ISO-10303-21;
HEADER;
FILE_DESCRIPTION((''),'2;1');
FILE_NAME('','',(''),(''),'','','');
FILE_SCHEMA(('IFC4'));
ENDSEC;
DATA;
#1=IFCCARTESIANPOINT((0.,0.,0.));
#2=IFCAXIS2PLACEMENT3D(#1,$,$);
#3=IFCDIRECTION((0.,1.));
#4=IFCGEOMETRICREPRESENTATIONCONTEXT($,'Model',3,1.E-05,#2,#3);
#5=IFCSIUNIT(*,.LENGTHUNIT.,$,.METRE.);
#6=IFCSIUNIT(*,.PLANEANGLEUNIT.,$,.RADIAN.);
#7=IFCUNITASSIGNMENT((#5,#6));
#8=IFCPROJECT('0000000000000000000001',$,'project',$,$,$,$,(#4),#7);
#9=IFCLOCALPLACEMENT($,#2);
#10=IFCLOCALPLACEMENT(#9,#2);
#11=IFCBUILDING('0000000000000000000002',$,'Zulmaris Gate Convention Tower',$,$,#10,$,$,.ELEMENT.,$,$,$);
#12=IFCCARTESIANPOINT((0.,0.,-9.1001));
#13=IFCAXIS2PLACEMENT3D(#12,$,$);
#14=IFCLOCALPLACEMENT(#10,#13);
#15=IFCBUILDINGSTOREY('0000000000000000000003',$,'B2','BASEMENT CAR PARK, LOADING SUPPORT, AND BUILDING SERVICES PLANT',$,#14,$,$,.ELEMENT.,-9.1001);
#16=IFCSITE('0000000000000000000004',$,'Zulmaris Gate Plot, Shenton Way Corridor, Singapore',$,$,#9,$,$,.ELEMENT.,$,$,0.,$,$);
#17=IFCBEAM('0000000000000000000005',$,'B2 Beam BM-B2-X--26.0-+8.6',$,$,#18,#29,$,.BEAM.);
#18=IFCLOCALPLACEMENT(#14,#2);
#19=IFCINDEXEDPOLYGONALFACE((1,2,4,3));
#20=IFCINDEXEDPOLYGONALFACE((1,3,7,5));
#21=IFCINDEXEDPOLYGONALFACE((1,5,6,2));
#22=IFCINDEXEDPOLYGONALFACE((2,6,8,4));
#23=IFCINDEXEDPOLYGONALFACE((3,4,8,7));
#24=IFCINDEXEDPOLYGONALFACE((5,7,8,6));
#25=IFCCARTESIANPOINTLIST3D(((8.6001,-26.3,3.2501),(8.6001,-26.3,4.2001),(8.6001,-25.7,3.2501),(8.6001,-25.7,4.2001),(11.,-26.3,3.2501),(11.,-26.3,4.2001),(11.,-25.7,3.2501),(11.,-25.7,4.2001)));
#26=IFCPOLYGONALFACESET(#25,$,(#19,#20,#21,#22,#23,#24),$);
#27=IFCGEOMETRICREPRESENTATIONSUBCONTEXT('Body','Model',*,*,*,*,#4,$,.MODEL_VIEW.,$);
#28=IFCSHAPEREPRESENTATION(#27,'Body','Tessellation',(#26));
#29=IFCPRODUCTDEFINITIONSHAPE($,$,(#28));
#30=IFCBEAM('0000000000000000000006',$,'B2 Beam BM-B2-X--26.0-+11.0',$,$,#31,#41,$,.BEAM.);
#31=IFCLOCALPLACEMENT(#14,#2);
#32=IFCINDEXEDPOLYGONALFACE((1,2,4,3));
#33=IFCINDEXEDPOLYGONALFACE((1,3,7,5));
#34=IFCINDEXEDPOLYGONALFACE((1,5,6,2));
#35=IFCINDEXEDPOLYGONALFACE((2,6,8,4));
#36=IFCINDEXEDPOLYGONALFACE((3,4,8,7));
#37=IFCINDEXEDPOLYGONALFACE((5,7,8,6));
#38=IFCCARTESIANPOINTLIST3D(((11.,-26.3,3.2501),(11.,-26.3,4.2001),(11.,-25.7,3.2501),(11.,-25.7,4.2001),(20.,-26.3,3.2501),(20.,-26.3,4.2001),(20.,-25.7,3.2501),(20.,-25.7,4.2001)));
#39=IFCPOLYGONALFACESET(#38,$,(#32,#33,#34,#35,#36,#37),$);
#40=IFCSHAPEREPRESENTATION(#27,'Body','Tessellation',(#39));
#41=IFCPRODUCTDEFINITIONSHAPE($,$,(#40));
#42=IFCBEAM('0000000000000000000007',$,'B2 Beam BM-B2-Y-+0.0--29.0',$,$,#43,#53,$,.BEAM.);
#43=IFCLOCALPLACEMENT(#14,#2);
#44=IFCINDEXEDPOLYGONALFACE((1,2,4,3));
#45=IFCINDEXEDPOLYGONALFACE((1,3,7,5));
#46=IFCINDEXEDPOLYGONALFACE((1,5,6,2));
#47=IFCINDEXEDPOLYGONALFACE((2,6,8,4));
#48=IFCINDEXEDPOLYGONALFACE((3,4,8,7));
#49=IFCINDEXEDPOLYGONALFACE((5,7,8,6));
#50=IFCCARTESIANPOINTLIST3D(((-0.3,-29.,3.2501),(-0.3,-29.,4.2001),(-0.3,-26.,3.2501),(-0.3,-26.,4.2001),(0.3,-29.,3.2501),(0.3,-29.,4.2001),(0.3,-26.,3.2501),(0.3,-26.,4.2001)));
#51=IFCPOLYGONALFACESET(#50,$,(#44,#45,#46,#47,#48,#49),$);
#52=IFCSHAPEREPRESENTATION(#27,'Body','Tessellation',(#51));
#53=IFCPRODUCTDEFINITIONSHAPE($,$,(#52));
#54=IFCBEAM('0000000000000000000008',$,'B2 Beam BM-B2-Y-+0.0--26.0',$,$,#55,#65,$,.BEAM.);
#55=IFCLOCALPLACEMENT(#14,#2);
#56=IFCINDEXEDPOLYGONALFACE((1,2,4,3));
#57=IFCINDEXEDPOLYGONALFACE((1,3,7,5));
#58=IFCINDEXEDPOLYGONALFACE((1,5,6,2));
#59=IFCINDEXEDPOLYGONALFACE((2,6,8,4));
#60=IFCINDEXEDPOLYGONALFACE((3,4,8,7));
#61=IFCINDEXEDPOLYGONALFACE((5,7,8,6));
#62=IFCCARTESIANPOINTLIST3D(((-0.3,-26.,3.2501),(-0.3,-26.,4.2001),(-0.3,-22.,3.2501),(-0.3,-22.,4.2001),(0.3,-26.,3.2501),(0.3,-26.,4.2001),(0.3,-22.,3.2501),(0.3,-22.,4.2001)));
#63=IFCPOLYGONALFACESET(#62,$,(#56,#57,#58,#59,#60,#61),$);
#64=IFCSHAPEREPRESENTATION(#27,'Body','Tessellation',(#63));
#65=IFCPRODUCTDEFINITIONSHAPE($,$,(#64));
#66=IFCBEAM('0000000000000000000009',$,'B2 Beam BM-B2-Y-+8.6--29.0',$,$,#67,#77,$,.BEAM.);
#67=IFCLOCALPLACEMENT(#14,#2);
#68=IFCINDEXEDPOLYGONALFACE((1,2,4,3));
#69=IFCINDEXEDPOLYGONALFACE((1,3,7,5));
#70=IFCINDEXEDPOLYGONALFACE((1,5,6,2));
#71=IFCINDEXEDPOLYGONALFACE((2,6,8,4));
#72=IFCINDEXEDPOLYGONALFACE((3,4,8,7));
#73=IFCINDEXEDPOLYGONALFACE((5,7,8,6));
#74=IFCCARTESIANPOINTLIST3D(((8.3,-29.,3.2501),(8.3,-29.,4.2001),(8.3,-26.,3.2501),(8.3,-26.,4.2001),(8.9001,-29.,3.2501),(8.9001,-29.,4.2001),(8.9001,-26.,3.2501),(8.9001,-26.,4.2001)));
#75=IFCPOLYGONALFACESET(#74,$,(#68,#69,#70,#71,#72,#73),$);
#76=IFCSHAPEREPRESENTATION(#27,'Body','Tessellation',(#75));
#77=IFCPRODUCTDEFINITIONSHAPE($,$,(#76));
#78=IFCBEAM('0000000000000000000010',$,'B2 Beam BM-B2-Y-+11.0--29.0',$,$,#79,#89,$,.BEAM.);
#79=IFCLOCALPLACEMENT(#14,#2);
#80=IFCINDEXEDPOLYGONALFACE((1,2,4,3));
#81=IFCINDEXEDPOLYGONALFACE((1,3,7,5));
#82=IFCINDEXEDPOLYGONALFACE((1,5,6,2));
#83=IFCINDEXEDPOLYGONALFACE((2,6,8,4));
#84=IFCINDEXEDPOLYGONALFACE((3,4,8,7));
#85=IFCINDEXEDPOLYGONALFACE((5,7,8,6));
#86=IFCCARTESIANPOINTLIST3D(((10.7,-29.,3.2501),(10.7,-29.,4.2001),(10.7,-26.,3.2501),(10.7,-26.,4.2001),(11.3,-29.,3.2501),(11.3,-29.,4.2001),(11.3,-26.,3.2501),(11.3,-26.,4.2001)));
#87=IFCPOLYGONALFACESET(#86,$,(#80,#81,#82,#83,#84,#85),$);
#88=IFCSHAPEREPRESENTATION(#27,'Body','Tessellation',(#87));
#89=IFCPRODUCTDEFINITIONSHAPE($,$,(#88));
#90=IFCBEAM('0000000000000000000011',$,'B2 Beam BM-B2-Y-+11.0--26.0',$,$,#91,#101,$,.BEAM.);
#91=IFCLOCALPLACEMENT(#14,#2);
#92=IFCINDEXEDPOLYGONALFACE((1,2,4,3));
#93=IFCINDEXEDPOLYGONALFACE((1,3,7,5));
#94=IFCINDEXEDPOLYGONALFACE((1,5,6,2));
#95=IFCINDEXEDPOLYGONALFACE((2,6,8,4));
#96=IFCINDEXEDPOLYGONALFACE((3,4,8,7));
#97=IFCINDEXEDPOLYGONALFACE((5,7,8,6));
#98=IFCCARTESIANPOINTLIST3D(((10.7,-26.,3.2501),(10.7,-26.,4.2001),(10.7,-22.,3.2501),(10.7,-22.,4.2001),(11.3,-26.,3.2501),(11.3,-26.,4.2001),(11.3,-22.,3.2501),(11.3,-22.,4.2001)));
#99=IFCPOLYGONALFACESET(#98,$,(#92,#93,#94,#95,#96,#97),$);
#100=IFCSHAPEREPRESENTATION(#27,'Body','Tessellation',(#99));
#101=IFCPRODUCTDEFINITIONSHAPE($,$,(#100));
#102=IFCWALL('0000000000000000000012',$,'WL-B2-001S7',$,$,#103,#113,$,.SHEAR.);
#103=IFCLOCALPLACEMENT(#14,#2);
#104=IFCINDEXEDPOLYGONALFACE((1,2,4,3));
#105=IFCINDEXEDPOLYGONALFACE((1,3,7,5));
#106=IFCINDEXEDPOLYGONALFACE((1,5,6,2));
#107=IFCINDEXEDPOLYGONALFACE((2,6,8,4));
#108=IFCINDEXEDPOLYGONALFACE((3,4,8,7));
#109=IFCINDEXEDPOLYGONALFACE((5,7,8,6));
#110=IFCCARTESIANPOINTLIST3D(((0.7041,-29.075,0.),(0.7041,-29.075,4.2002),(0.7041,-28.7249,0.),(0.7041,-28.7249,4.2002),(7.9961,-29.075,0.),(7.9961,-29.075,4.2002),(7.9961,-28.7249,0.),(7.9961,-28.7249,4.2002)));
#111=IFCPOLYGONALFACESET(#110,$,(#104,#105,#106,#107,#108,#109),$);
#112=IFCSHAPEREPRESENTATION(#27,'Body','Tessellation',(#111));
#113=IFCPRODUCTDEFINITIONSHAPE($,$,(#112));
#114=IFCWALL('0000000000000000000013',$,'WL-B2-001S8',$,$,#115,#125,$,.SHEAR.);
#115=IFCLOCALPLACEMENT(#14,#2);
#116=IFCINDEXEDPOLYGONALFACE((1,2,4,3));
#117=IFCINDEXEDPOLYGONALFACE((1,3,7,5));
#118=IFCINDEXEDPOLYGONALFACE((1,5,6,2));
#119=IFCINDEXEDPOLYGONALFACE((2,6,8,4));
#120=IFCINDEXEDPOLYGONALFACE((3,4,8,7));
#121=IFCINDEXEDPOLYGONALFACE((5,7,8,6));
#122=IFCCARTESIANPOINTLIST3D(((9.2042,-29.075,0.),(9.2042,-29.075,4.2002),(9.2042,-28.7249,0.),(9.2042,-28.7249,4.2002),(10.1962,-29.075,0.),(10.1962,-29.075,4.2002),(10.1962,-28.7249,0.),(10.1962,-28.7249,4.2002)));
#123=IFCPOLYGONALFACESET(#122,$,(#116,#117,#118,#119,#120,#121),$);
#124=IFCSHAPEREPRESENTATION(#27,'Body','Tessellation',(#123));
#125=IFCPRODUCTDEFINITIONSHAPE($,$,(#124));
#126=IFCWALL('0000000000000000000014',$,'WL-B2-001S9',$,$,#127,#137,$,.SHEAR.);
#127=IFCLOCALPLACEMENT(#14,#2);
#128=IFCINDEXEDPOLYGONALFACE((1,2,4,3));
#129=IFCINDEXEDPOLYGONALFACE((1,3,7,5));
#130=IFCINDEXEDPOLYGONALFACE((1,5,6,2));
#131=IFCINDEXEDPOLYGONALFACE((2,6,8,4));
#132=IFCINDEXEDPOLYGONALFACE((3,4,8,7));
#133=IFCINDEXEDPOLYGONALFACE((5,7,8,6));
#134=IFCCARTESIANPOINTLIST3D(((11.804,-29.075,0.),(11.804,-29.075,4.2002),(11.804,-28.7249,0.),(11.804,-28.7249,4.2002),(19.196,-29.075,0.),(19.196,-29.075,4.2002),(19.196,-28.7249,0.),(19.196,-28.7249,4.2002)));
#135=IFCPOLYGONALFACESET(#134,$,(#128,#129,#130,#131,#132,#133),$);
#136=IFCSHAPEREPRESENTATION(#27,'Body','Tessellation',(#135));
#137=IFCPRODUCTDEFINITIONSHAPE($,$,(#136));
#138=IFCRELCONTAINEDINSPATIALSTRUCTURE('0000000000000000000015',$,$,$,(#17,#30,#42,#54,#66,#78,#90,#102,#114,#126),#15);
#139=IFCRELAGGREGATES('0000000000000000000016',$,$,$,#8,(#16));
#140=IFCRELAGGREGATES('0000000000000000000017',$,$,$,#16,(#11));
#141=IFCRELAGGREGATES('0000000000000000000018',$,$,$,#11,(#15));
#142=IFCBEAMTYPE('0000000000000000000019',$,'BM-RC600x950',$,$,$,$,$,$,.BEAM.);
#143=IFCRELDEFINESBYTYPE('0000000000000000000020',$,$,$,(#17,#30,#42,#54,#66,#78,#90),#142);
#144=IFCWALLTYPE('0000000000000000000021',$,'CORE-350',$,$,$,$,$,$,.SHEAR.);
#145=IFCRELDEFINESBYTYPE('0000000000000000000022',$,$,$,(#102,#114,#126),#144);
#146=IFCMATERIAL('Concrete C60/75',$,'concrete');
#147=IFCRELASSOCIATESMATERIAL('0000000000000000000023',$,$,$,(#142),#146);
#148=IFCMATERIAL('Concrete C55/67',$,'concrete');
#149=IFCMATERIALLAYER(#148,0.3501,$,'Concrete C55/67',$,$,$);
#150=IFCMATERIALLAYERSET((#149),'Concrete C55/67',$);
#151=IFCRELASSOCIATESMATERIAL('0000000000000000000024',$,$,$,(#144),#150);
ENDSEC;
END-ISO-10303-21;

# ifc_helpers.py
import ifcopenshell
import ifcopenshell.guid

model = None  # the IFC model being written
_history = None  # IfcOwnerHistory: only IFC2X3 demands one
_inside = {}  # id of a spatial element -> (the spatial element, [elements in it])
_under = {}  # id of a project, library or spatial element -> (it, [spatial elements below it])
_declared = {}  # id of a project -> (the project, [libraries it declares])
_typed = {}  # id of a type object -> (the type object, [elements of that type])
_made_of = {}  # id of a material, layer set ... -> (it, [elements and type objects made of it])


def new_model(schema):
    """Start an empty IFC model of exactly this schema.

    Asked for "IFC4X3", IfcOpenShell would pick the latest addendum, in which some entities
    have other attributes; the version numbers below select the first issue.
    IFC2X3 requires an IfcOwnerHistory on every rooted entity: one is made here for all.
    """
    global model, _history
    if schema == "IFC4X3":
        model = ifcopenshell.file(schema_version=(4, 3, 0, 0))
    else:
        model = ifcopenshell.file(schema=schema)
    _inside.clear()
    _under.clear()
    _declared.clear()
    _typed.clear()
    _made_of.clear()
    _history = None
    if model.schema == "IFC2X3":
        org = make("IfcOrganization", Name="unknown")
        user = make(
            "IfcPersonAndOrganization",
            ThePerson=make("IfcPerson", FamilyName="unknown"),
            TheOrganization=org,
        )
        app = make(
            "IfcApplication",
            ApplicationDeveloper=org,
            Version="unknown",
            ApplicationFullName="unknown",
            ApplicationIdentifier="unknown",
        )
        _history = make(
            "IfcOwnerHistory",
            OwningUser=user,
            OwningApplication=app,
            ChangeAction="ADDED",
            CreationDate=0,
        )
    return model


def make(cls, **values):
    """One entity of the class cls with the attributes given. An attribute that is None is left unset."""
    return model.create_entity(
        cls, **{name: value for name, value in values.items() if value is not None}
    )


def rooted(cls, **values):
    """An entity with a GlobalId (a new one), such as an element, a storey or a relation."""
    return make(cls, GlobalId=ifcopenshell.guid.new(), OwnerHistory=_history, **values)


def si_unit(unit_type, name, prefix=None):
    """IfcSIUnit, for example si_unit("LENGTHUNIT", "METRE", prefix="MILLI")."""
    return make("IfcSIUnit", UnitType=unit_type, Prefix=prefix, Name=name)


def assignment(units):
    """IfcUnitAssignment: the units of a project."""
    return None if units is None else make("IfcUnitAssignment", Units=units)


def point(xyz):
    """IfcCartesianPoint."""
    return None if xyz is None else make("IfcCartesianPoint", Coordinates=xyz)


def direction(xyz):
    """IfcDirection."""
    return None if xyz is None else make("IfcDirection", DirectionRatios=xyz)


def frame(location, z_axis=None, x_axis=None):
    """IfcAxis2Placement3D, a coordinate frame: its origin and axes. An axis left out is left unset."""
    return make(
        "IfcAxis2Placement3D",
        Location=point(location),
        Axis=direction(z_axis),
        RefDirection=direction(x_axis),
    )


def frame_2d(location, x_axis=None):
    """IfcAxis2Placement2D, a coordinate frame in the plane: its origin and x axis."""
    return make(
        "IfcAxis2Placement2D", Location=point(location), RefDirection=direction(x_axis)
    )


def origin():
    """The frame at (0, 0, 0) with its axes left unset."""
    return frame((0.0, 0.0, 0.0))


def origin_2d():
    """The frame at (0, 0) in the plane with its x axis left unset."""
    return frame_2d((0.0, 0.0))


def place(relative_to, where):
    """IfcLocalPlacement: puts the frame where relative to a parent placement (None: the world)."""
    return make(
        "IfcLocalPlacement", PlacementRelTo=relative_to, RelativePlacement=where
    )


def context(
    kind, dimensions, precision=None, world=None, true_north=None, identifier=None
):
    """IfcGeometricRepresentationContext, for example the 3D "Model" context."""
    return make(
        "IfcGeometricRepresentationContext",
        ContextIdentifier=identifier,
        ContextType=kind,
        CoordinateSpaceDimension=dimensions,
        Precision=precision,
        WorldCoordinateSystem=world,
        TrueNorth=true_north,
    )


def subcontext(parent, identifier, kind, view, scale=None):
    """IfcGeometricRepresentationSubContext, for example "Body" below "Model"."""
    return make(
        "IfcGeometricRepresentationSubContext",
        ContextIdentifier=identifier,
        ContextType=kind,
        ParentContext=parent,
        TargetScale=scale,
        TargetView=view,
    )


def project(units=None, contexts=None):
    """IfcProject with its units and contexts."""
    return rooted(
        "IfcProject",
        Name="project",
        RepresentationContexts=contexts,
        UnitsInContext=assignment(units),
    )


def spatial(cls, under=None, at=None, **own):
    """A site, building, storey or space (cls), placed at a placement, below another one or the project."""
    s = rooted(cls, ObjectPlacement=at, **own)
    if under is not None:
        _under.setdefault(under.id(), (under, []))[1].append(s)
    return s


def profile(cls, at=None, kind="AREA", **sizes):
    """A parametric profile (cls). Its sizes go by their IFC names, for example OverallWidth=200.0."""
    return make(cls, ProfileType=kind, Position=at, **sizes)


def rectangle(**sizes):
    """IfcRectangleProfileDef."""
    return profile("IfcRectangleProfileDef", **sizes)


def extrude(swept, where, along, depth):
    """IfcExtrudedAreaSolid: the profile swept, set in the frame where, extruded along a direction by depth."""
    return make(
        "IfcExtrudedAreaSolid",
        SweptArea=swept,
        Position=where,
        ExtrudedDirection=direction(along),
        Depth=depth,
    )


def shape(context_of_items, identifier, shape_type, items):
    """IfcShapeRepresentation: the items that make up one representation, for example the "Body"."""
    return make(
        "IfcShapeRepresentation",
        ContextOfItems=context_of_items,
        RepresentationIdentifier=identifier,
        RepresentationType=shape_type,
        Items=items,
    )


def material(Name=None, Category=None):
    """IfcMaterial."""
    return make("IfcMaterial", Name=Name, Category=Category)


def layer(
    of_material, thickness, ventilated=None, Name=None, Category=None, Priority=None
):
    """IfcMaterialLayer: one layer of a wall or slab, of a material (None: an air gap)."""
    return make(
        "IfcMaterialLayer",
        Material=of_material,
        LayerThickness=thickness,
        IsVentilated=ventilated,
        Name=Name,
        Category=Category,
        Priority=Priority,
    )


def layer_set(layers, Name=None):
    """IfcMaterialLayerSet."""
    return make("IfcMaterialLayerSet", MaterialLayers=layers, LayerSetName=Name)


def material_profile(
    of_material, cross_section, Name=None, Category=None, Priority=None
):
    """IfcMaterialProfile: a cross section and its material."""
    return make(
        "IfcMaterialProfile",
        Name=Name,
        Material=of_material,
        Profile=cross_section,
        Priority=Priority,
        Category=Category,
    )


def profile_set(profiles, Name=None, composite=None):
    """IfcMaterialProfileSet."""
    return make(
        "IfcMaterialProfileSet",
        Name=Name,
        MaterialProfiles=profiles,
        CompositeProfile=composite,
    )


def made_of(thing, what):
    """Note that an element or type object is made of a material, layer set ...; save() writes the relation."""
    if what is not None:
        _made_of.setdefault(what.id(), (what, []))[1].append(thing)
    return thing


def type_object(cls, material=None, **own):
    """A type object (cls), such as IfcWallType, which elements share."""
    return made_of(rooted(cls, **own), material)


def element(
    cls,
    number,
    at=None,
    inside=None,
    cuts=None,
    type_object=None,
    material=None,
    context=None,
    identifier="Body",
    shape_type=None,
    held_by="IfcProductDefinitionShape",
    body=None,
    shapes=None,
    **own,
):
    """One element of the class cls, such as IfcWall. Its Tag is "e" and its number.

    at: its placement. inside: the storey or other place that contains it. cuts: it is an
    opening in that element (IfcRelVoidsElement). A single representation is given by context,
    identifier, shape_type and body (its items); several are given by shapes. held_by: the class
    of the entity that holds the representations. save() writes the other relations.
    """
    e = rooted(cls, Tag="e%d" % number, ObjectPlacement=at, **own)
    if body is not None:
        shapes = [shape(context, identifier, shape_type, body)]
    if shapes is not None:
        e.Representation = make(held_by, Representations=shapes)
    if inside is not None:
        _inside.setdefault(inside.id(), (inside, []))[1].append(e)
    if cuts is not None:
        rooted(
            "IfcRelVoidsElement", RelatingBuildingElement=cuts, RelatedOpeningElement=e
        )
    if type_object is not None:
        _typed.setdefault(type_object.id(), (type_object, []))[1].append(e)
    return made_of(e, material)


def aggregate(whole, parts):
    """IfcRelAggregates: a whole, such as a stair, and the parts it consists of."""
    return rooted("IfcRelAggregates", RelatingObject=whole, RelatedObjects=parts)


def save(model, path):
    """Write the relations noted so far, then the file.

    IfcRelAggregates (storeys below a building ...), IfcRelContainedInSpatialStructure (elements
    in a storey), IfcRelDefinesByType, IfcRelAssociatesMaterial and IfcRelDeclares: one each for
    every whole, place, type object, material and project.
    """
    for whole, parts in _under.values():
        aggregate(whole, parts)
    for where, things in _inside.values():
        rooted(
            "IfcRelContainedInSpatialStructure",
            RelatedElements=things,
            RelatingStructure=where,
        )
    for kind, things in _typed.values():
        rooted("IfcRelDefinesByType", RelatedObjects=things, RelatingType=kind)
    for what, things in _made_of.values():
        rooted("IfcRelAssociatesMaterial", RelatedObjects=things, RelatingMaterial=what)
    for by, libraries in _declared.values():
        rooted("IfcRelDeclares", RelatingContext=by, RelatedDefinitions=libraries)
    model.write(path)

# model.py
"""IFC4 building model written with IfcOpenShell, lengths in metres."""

from ifc_helpers import new_model, si_unit, direction, frame, frame_2d, origin, origin_2d, place, context, subcontext, project, spatial, rectangle, extrude, material, layer, layer_set, material_profile, profile_set, type_object, element, save


model = new_model("IFC4")

# Units and contexts
model_context = context("Model", 3, precision=1e-05, world=origin(), true_north=direction((0.0, 1.0)))
body_context = subcontext(model_context, "Body", "Model", "MODEL_VIEW")
ifc_project = project(units=[si_unit("LENGTHUNIT", "METRE"), si_unit("PLANEANGLEUNIT", "RADIAN")], contexts=[model_context])

# Site, building, storey
site_placement = place(None, origin())
site = spatial("IfcSite", under=ifc_project, at=site_placement, Name="Zulmaris Gate Plot, Shenton Way Corridor, Singapore", CompositionType="ELEMENT", RefElevation=0.0)
building_placement = place(site_placement, origin())
building = spatial("IfcBuilding", under=site, at=building_placement, Name="Zulmaris Gate Convention Tower", CompositionType="ELEMENT")
storey_placement = place(building_placement, frame((0.0, 0.0, -9.1001)))
storey = spatial("IfcBuildingStorey", under=building, at=storey_placement, Name="B2", Description="BASEMENT CAR PARK, LOADING SUPPORT, AND BUILDING SERVICES PLANT", CompositionType="ELEMENT", Elevation=-9.1001)

# Beams
ifc_material_1 = material(Name="Concrete C60/75", Category="concrete")
ifc_material_profile_1 = material_profile(ifc_material_1, rectangle(XDim=0.6001, YDim=0.95, at=origin_2d()), Name="RC BEAM 600x950")
ifc_profile_set_1 = profile_set([ifc_material_profile_1], Name="Concrete C60/75")
beam_type = type_object("IfcBeamType", Name="BM-RC600x950", PredefinedType="BEAM", material=ifc_profile_set_1)
beam_1_placement = place(storey_placement, frame((8.6001, -26.0, 3.7251), z_axis=(1.0, 0.0, 0.0), x_axis=(0.0, 1.0, 0.0)))
element("IfcBeam", 1, at=beam_1_placement, inside=storey, type_object=beam_type, Name="B2 Beam BM-B2-X--26.0-+8.6", PredefinedType="BEAM", context=body_context, shape_type="SweptSolid", body=[
    extrude(rectangle(XDim=0.6001, YDim=0.95, at=origin_2d()), origin(), (0.0, 0.0, 1.0), 2.3999),
])
beam_2_placement = place(storey_placement, frame((11.0, -26.0, 3.7251), z_axis=(1.0, 0.0, 0.0), x_axis=(0.0, 1.0, 0.0)))
element("IfcBeam", 2, at=beam_2_placement, inside=storey, type_object=beam_type, Name="B2 Beam BM-B2-X--26.0-+11.0", PredefinedType="BEAM", context=body_context, shape_type="SweptSolid", body=[
    extrude(rectangle(XDim=0.6001, YDim=0.95, at=origin_2d()), origin(), (0.0, 0.0, 1.0), 9.0),
])
beam_3_placement = place(storey_placement, frame((0.0, -29.0, 3.7251), z_axis=(0.0, 1.0, 0.0), x_axis=(-1.0, 0.0, 0.0)))
element("IfcBeam", 3, at=beam_3_placement, inside=storey, type_object=beam_type, Name="B2 Beam BM-B2-Y-+0.0--29.0", PredefinedType="BEAM", context=body_context, shape_type="SweptSolid", body=[
    extrude(rectangle(XDim=0.6001, YDim=0.95, at=origin_2d()), origin(), (0.0, 0.0, 1.0), 3.0),
])
beam_4_placement = place(storey_placement, frame((0.0, -26.0, 3.7251), z_axis=(0.0, 1.0, 0.0), x_axis=(-1.0, 0.0, 0.0)))
element("IfcBeam", 4, at=beam_4_placement, inside=storey, type_object=beam_type, Name="B2 Beam BM-B2-Y-+0.0--26.0", PredefinedType="BEAM", context=body_context, shape_type="SweptSolid", body=[
    extrude(rectangle(XDim=0.6001, YDim=0.95, at=origin_2d()), origin(), (0.0, 0.0, 1.0), 4.0),
])
for number, where, z_axis, x_axis, name in (
    (5, (8.6001, -29.0, 3.7251), (0.0, 1.0, 0.0), (-1.0, 0.0, 0.0), "B2 Beam BM-B2-Y-+8.6--29.0"),
    (6, (11.0, -29.0, 3.7251), (0.0, 1.0, 0.0), (-1.0, 0.0, 0.0), "B2 Beam BM-B2-Y-+11.0--29.0"),
):
    element("IfcBeam", number, at=place(storey_placement, frame(where, z_axis=z_axis, x_axis=x_axis)), inside=storey, type_object=beam_type, Name=name, PredefinedType="BEAM", context=body_context, shape_type="SweptSolid", body=[
        extrude(rectangle(XDim=0.6001, YDim=0.95, at=origin_2d()), origin(), (0.0, 0.0, 1.0), 3.0),
    ])
beam_5_placement = place(storey_placement, frame((11.0, -26.0, 3.7251), z_axis=(0.0, 1.0, 0.0), x_axis=(-1.0, 0.0, 0.0)))
element("IfcBeam", 7, at=beam_5_placement, inside=storey, type_object=beam_type, Name="B2 Beam BM-B2-Y-+11.0--26.0", PredefinedType="BEAM", context=body_context, shape_type="SweptSolid", body=[
    extrude(rectangle(XDim=0.6001, YDim=0.95, at=origin_2d()), origin(), (0.0, 0.0, 1.0), 4.0),
])

# Walls
ifc_material_2 = material(Name="Concrete C55/67", Category="concrete")
ifc_layer = layer(ifc_material_2, 0.3501, Name="Concrete C55/67")
ifc_layer_set = layer_set([ifc_layer], Name="Concrete C55/67")
wall_type = type_object("IfcWallType", Name="CORE-350", PredefinedType="SHEAR", material=ifc_layer_set)
wall_1_placement = place(storey_placement, frame((0.7041, -28.8999, 0.0), z_axis=(0.0, 0.0, 1.0), x_axis=(1.0, 0.0, 0.0)))
element("IfcWall", 8, at=wall_1_placement, inside=storey, type_object=wall_type, Name="WL-B2-001S7", PredefinedType="SHEAR", context=body_context, shape_type="SweptSolid", body=[
    extrude(rectangle(XDim=7.292, YDim=0.3501, at=frame_2d((3.646, 0.0))), origin(), (0.0, 0.0, 1.0), 4.2002),
])
wall_2_placement = place(storey_placement, frame((9.2041, -28.8999, 0.0), z_axis=(0.0, 0.0, 1.0), x_axis=(1.0, 0.0, 0.0)))
element("IfcWall", 9, at=wall_2_placement, inside=storey, type_object=wall_type, Name="WL-B2-001S8", PredefinedType="SHEAR", context=body_context, shape_type="SweptSolid", body=[
    extrude(rectangle(XDim=0.9919, YDim=0.3501, at=frame_2d((0.4961, 0.0))), origin(), (0.0, 0.0, 1.0), 4.2002),
])
wall_3_placement = place(storey_placement, frame((11.804, -28.8999, 0.0), z_axis=(0.0, 0.0, 1.0), x_axis=(1.0, 0.0, 0.0)))
element("IfcWall", 10, at=wall_3_placement, inside=storey, type_object=wall_type, Name="WL-B2-001S9", PredefinedType="SHEAR", context=body_context, shape_type="SweptSolid", body=[
    extrude(rectangle(XDim=7.3921, YDim=0.3501, at=frame_2d((3.696, 0.0))), origin(), (0.0, 0.0, 1.0), 4.2002),
])

save(model, "model.ifc")
